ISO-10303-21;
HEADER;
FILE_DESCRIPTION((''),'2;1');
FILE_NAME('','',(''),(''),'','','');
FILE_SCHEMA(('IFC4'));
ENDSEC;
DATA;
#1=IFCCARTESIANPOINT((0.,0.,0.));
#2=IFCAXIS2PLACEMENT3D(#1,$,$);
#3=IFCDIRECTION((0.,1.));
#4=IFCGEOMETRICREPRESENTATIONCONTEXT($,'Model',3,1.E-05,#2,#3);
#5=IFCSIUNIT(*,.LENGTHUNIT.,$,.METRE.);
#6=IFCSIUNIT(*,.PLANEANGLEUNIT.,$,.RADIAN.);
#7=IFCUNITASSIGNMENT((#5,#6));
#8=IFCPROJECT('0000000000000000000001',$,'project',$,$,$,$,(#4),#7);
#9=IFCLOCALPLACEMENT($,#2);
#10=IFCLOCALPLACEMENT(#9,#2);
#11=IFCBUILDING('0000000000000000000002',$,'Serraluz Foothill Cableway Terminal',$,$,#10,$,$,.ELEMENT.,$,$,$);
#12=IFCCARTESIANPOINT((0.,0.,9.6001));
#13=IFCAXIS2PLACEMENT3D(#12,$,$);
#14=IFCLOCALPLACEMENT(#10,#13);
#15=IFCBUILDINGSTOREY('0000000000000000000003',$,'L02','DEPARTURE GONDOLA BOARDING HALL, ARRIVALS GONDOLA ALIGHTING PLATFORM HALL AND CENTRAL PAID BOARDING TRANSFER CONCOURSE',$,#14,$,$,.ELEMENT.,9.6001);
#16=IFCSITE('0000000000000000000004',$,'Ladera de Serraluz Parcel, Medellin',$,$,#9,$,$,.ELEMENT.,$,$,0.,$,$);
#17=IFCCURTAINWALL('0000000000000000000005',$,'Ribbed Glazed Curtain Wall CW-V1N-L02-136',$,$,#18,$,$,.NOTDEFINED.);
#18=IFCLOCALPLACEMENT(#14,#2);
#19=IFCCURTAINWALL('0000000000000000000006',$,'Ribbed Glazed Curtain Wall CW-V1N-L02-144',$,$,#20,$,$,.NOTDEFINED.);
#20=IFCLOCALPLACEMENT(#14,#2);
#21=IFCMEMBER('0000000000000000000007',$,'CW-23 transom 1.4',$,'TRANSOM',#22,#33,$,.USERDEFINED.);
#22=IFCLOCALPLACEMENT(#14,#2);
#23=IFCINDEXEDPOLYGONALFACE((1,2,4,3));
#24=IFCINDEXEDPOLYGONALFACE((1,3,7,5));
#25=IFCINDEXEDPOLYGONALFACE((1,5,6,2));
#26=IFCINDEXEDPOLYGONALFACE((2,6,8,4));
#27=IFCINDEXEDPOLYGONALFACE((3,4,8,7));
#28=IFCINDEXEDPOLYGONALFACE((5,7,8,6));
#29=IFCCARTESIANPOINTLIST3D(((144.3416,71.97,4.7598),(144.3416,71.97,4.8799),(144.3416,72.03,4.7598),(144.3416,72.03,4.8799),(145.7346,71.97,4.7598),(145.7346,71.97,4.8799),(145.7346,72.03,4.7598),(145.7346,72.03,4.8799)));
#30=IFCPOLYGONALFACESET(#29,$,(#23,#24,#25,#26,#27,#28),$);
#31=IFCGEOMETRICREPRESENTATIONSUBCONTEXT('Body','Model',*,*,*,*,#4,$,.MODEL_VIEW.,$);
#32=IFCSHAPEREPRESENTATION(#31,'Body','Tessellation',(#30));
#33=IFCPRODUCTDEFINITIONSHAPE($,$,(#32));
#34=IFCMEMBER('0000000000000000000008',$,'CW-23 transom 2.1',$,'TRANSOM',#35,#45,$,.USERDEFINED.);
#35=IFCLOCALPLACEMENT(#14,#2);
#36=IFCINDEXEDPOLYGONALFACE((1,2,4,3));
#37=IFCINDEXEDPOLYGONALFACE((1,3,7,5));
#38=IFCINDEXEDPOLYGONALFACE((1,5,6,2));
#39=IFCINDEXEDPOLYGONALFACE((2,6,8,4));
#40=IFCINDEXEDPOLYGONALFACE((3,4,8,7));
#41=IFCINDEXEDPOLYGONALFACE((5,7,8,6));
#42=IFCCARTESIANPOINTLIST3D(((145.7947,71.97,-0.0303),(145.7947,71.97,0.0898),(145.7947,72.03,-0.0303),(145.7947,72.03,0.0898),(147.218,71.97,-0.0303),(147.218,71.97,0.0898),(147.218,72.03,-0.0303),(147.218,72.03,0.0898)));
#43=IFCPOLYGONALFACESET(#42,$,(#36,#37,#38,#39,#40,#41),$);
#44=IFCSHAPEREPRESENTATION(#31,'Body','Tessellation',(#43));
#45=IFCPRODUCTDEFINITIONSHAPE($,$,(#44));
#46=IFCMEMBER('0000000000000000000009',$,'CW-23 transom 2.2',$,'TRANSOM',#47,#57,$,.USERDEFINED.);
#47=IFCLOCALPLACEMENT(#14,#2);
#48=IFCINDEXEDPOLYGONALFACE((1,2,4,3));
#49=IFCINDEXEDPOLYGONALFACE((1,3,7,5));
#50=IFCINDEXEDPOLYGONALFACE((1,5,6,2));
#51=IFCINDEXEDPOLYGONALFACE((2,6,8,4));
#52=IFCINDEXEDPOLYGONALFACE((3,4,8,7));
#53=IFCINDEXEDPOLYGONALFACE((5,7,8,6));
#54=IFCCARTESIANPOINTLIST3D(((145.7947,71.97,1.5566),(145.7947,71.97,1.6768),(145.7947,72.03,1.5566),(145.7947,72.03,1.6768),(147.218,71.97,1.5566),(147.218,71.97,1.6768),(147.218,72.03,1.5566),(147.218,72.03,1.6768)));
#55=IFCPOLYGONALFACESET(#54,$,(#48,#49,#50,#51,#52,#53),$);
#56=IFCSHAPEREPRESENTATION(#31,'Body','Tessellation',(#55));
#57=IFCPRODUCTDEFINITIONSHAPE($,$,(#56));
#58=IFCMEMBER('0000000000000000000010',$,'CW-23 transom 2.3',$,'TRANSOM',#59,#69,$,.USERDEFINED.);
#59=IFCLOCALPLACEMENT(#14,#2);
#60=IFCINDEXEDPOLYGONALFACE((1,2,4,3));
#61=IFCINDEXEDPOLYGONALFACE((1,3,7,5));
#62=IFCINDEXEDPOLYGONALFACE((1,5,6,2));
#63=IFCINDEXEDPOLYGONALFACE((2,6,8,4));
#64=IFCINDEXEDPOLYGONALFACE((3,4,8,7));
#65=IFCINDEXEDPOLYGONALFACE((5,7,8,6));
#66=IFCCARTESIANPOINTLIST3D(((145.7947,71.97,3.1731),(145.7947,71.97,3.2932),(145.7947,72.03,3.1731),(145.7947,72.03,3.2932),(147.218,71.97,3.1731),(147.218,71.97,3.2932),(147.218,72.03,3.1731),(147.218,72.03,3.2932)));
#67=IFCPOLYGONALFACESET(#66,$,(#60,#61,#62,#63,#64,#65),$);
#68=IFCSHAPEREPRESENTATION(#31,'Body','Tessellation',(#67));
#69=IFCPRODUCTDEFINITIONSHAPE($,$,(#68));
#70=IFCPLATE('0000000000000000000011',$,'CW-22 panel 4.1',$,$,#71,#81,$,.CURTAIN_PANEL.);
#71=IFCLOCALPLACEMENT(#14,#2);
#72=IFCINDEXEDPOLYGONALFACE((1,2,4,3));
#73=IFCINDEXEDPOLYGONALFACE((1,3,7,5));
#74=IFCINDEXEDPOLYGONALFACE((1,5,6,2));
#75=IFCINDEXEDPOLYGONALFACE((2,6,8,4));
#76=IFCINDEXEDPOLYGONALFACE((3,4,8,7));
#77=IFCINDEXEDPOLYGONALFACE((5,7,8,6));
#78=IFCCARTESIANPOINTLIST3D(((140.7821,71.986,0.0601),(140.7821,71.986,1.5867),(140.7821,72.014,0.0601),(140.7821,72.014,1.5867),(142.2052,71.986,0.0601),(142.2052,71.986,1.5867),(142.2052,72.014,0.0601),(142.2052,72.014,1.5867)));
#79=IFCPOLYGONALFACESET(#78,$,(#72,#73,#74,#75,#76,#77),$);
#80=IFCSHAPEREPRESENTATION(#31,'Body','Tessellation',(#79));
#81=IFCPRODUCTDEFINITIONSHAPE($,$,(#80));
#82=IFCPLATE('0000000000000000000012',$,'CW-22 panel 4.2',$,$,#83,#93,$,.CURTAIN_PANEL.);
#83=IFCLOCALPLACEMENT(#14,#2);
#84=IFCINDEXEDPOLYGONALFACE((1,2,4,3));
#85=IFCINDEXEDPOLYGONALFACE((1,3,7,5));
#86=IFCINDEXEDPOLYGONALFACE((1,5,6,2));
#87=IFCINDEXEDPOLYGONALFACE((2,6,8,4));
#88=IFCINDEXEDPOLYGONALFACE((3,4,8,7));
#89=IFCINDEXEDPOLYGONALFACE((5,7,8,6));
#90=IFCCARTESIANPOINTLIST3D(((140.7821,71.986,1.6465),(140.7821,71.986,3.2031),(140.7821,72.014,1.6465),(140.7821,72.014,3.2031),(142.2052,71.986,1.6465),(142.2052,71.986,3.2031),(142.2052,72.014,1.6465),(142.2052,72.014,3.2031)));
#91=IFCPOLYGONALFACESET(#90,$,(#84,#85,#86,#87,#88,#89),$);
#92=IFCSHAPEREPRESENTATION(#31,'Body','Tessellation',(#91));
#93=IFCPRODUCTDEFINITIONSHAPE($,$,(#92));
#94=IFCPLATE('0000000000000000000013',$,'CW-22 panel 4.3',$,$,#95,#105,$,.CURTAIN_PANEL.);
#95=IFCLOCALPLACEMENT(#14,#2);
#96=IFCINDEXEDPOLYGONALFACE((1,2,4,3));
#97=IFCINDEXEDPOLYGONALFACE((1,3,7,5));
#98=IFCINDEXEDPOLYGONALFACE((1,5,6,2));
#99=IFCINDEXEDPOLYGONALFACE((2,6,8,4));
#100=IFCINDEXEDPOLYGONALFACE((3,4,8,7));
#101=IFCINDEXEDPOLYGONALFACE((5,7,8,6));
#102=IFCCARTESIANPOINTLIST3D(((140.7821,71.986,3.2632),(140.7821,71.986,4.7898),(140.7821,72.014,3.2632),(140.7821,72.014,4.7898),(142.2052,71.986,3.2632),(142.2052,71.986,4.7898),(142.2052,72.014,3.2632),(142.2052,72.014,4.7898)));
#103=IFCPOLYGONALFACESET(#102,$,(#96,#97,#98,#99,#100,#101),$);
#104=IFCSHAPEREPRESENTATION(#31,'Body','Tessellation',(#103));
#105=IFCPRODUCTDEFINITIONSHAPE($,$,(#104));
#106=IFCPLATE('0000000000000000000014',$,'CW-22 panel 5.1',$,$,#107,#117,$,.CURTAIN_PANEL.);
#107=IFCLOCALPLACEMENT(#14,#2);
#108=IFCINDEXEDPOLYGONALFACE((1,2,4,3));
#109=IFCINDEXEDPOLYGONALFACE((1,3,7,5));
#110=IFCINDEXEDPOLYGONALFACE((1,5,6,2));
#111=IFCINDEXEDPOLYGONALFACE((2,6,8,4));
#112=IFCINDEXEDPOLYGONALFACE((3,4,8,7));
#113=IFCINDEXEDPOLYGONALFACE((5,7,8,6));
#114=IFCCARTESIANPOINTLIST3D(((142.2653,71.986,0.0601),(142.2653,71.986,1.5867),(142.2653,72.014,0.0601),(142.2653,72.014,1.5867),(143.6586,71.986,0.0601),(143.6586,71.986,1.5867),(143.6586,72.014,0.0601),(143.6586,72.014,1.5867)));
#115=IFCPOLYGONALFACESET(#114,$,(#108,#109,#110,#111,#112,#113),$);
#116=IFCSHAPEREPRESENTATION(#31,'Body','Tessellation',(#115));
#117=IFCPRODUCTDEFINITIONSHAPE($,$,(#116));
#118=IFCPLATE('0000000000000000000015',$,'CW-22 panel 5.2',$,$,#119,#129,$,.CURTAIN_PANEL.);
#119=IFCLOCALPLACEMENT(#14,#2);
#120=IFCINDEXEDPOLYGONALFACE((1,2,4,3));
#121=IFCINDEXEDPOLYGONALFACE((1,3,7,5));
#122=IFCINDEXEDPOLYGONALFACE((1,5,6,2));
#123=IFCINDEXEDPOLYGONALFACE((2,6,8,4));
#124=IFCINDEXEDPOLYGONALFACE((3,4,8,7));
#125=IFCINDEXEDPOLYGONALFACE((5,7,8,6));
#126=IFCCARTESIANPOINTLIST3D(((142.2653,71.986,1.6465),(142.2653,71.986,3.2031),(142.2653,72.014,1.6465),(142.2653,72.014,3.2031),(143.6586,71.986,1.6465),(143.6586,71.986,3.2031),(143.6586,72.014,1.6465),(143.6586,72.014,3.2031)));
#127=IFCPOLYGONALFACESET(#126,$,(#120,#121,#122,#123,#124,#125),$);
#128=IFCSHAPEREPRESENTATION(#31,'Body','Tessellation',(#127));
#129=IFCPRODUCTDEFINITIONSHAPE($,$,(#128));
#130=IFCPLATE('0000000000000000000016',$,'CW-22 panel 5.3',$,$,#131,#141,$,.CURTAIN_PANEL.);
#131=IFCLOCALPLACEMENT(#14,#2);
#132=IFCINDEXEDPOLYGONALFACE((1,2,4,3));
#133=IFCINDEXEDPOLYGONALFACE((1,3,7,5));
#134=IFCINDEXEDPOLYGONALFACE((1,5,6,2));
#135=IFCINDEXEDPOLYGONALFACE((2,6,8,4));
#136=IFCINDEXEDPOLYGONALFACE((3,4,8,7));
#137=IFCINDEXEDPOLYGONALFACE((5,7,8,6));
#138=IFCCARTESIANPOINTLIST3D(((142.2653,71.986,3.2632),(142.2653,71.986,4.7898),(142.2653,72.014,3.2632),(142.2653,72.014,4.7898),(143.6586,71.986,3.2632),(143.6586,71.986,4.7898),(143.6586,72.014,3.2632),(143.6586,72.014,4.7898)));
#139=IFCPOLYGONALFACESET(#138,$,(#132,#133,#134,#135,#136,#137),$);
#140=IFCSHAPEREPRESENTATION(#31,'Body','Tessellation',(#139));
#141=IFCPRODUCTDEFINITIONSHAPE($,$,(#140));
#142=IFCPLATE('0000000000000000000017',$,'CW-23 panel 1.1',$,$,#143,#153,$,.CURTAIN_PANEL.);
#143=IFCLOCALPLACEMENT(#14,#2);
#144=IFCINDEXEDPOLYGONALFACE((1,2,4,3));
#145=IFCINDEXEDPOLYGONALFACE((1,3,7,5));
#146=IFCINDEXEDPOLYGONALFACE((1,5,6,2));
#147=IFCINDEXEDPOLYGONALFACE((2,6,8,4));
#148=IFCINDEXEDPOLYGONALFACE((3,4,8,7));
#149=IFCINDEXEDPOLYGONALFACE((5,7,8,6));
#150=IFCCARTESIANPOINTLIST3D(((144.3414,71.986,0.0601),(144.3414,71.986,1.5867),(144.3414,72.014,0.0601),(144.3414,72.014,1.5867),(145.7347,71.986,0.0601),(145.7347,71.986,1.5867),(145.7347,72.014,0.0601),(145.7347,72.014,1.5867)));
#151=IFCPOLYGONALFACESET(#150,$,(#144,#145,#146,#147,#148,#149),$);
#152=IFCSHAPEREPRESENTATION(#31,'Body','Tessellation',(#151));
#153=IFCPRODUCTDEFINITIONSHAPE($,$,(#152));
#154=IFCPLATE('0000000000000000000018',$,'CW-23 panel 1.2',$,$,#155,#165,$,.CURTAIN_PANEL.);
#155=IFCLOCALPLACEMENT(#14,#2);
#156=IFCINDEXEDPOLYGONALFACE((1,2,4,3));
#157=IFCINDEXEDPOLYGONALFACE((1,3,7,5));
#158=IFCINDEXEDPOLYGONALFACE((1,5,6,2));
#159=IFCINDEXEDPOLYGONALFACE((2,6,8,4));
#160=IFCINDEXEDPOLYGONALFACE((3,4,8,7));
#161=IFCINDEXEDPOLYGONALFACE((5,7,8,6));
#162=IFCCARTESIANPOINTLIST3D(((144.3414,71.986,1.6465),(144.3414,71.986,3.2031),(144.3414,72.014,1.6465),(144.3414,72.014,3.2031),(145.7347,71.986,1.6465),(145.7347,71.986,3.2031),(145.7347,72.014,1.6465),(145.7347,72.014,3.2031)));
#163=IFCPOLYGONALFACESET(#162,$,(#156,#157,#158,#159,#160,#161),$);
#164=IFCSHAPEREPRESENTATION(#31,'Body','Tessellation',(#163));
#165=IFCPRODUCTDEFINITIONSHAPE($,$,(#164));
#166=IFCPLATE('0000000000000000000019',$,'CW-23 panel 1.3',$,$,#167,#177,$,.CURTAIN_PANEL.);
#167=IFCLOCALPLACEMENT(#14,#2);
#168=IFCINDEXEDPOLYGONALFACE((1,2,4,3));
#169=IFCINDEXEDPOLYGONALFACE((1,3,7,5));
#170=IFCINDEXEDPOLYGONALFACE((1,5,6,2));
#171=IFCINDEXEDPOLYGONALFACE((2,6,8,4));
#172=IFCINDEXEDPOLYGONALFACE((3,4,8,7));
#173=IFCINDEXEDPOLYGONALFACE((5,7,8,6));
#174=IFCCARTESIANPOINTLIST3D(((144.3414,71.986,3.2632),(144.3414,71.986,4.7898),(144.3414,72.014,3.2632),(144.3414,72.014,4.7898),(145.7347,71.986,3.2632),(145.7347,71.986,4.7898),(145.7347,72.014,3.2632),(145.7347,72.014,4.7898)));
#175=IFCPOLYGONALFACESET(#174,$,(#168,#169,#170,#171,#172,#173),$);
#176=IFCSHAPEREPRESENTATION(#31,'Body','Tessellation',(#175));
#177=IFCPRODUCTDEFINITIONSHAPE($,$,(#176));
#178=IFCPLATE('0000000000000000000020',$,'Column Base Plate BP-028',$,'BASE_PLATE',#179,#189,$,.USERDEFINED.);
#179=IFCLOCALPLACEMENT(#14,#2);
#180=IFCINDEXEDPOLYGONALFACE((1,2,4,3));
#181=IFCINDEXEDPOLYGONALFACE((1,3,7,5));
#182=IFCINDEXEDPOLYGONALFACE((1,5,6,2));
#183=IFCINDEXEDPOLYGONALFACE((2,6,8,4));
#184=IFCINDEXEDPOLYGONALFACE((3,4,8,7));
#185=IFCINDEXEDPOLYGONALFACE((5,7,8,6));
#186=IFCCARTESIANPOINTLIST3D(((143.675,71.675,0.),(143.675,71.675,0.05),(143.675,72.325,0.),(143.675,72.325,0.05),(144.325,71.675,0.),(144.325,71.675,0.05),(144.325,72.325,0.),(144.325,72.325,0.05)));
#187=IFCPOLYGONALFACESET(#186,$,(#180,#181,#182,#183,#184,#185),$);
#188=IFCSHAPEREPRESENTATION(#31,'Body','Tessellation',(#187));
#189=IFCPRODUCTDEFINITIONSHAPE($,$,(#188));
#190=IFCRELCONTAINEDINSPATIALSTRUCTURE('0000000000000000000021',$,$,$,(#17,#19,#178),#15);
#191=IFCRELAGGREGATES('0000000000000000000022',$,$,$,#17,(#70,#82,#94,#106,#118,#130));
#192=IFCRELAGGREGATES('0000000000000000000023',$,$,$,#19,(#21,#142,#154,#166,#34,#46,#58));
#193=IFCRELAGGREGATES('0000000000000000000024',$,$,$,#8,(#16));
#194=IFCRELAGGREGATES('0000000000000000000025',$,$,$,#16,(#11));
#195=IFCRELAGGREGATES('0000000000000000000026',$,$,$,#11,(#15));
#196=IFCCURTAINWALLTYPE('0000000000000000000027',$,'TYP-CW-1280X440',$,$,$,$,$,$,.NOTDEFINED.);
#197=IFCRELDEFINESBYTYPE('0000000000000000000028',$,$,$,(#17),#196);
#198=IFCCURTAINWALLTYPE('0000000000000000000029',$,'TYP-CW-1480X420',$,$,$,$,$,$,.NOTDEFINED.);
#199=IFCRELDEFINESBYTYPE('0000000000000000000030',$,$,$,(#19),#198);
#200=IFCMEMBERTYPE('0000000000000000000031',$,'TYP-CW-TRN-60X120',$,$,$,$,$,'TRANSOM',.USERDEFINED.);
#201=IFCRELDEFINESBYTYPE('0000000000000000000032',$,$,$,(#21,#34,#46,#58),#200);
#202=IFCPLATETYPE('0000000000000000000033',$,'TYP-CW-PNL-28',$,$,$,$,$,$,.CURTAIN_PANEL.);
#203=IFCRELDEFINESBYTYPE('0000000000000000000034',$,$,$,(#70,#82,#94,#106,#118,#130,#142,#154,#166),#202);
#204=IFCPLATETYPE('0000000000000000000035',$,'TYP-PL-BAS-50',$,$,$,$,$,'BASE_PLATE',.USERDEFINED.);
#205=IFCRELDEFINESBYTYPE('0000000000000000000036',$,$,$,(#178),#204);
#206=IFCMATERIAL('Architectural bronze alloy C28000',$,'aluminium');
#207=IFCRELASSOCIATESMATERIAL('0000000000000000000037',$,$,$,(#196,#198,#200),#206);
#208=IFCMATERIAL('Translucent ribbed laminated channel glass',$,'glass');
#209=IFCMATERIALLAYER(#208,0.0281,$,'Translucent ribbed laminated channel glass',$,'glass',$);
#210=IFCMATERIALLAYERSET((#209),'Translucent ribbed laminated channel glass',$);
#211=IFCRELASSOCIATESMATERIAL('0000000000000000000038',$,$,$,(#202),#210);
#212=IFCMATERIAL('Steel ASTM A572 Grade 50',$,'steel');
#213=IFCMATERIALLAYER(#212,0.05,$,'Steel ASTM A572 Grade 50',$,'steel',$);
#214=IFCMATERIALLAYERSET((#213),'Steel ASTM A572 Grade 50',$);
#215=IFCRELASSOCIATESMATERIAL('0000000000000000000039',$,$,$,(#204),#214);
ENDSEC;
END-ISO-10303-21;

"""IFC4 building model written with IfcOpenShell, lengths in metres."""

from ifc_helpers import new_model, si_unit, direction, frame, origin, origin_2d, place, context, subcontext, project, spatial, rectangle, extrude, material, layer, layer_set, material_profile, profile_set, type_object, element, aggregate, save


model = new_model("IFC4")

# Units and contexts
model_context = context("Model", 3, precision=1e-05, world=origin(), true_north=direction((0.0, 1.0)))
body_context = subcontext(model_context, "Body", "Model", "MODEL_VIEW")
ifc_project = project(units=[si_unit("LENGTHUNIT", "METRE"), si_unit("PLANEANGLEUNIT", "RADIAN")], contexts=[model_context])

# Site, building, storey
site_placement = place(None, origin())
site = spatial("IfcSite", under=ifc_project, at=site_placement, Name="Ladera de Serraluz Parcel, Medellin", CompositionType="ELEMENT", RefElevation=0.0)
building_placement = place(site_placement, origin())
building = spatial("IfcBuilding", under=site, at=building_placement, Name="Serraluz Foothill Cableway Terminal", CompositionType="ELEMENT")
storey_placement = place(building_placement, frame((0.0, 0.0, 9.6001)))
storey = spatial("IfcBuildingStorey", under=building, at=storey_placement, Name="L02", Description="DEPARTURE GONDOLA BOARDING HALL, ARRIVALS GONDOLA ALIGHTING PLATFORM HALL AND CENTRAL PAID BOARDING TRANSFER CONCOURSE", CompositionType="ELEMENT", Elevation=9.6001)

# Curtain walls
ifc_material_1 = material(Name="Architectural bronze alloy C28000", Category="aluminium")
curtain_wall_type_1 = type_object("IfcCurtainWallType", Name="TYP-CW-1280X440", PredefinedType="NOTDEFINED", material=ifc_material_1)
curtain_wall_1_placement = place(storey_placement, origin())
curtain_wall_1 = element("IfcCurtainWall", 1, at=curtain_wall_1_placement, inside=storey, type_object=curtain_wall_type_1, Name="Ribbed Glazed Curtain Wall CW-V1N-L02-136", PredefinedType="NOTDEFINED")
curtain_wall_type_2 = type_object("IfcCurtainWallType", Name="TYP-CW-1480X420", PredefinedType="NOTDEFINED", material=ifc_material_1)
curtain_wall_2_placement = place(storey_placement, origin())
curtain_wall_2 = element("IfcCurtainWall", 2, at=curtain_wall_2_placement, inside=storey, type_object=curtain_wall_type_2, Name="Ribbed Glazed Curtain Wall CW-V1N-L02-144", PredefinedType="NOTDEFINED")

# Members
ifc_material_profile_1 = material_profile(ifc_material_1, rectangle(XDim=0.0601, YDim=0.1201, at=origin_2d()), Name="ALU TRANSOM 60x120")
ifc_profile_set_1 = profile_set([ifc_material_profile_1], Name="Architectural bronze alloy C28000")
member_type_1 = type_object("IfcMemberType", Name="TYP-CW-TRN-60X120", ElementType="TRANSOM", PredefinedType="USERDEFINED", material=ifc_profile_set_1)
member_1_placement = place(storey_placement, frame((144.3416, 72.0, 4.8198), z_axis=(1.0, 0.0, 0.0), x_axis=(0.0, 1.0, 0.0)))
member_1 = element("IfcMember", 3, at=member_1_placement, type_object=member_type_1, Name="CW-23 transom 1.4", ObjectType="TRANSOM", PredefinedType="USERDEFINED", context=body_context, shape_type="SweptSolid", body=[
    extrude(rectangle(XDim=0.0601, YDim=0.1201, at=origin_2d()), origin(), (0.0, 0.0, 1.0), 1.3931),
])
member_2_placement = place(storey_placement, frame((145.7947, 72.0, 0.0298), z_axis=(1.0, 0.0, 0.0), x_axis=(0.0, 1.0, 0.0)))
member_2 = element("IfcMember", 4, at=member_2_placement, type_object=member_type_1, Name="CW-23 transom 2.1", ObjectType="TRANSOM", PredefinedType="USERDEFINED", context=body_context, shape_type="SweptSolid", body=[
    extrude(rectangle(XDim=0.0601, YDim=0.1201, at=origin_2d()), origin(), (0.0, 0.0, 1.0), 1.4233),
])
member_3_placement = place(storey_placement, frame((145.7947, 72.0, 1.6167), z_axis=(1.0, 0.0, 0.0), x_axis=(0.0, 1.0, 0.0)))
member_3 = element("IfcMember", 5, at=member_3_placement, type_object=member_type_1, Name="CW-23 transom 2.2", ObjectType="TRANSOM", PredefinedType="USERDEFINED", context=body_context, shape_type="SweptSolid", body=[
    extrude(rectangle(XDim=0.0601, YDim=0.1201, at=origin_2d()), origin(), (0.0, 0.0, 1.0), 1.4233),
])
member_4_placement = place(storey_placement, frame((145.7947, 72.0, 3.2332), z_axis=(1.0, 0.0, 0.0), x_axis=(0.0, 1.0, 0.0)))
member_4 = element("IfcMember", 6, at=member_4_placement, type_object=member_type_1, Name="CW-23 transom 2.3", ObjectType="TRANSOM", PredefinedType="USERDEFINED", context=body_context, shape_type="SweptSolid", body=[
    extrude(rectangle(XDim=0.0601, YDim=0.1201, at=origin_2d()), origin(), (0.0, 0.0, 1.0), 1.4233),
])

# Plates
ifc_material_2 = material(Name="Translucent ribbed laminated channel glass", Category="glass")
ifc_layer_1 = layer(ifc_material_2, 0.0281, Name="Translucent ribbed laminated channel glass", Category="glass")
ifc_layer_set_1 = layer_set([ifc_layer_1], Name="Translucent ribbed laminated channel glass")
plate_type_1 = type_object("IfcPlateType", Name="TYP-CW-PNL-28", PredefinedType="CURTAIN_PANEL", material=ifc_layer_set_1)
plate_1_placement = place(storey_placement, frame((141.4937, 72.0, 0.0601), z_axis=(0.0, 0.0, 1.0), x_axis=(1.0, 0.0, 0.0)))
plate_1 = element("IfcPlate", 7, at=plate_1_placement, type_object=plate_type_1, Name="CW-22 panel 4.1", PredefinedType="CURTAIN_PANEL", context=body_context, shape_type="SweptSolid", body=[
    extrude(rectangle(XDim=1.4231, YDim=0.0281, at=origin_2d()), origin(), (0.0, 0.0, 1.0), 1.5266),
])
plate_2_placement = place(storey_placement, frame((141.4937, 72.0, 1.6465), z_axis=(0.0, 0.0, 1.0), x_axis=(1.0, 0.0, 0.0)))
plate_2 = element("IfcPlate", 8, at=plate_2_placement, type_object=plate_type_1, Name="CW-22 panel 4.2", PredefinedType="CURTAIN_PANEL", context=body_context, shape_type="SweptSolid", body=[
    extrude(rectangle(XDim=1.4231, YDim=0.0281, at=origin_2d()), origin(), (0.0, 0.0, 1.0), 1.5566),
])
plate_3_placement = place(storey_placement, frame((141.4937, 72.0, 3.2632), z_axis=(0.0, 0.0, 1.0), x_axis=(1.0, 0.0, 0.0)))
plate_3 = element("IfcPlate", 9, at=plate_3_placement, type_object=plate_type_1, Name="CW-22 panel 4.3", PredefinedType="CURTAIN_PANEL", context=body_context, shape_type="SweptSolid", body=[
    extrude(rectangle(XDim=1.4231, YDim=0.0281, at=origin_2d()), origin(), (0.0, 0.0, 1.0), 1.5266),
])
plate_4_placement = place(storey_placement, frame((142.9619, 72.0, 0.0601), z_axis=(0.0, 0.0, 1.0), x_axis=(1.0, 0.0, 0.0)))
plate_4 = element("IfcPlate", 10, at=plate_4_placement, type_object=plate_type_1, Name="CW-22 panel 5.1", PredefinedType="CURTAIN_PANEL", context=body_context, shape_type="SweptSolid", body=[
    extrude(rectangle(XDim=1.3933, YDim=0.0281, at=origin_2d()), origin(), (0.0, 0.0, 1.0), 1.5266),
])
plate_5_placement = place(storey_placement, frame((142.9619, 72.0, 1.6465), z_axis=(0.0, 0.0, 1.0), x_axis=(1.0, 0.0, 0.0)))
plate_5 = element("IfcPlate", 11, at=plate_5_placement, type_object=plate_type_1, Name="CW-22 panel 5.2", PredefinedType="CURTAIN_PANEL", context=body_context, shape_type="SweptSolid", body=[
    extrude(rectangle(XDim=1.3933, YDim=0.0281, at=origin_2d()), origin(), (0.0, 0.0, 1.0), 1.5566),
])
plate_6_placement = place(storey_placement, frame((142.9619, 72.0, 3.2632), z_axis=(0.0, 0.0, 1.0), x_axis=(1.0, 0.0, 0.0)))
plate_6 = element("IfcPlate", 12, at=plate_6_placement, type_object=plate_type_1, Name="CW-22 panel 5.3", PredefinedType="CURTAIN_PANEL", context=body_context, shape_type="SweptSolid", body=[
    extrude(rectangle(XDim=1.3933, YDim=0.0281, at=origin_2d()), origin(), (0.0, 0.0, 1.0), 1.5266),
])
aggregate(curtain_wall_1, [plate_1, plate_2, plate_3, plate_4, plate_5, plate_6])
plate_7_placement = place(storey_placement, frame((145.0381, 72.0, 0.0601), z_axis=(0.0, 0.0, 1.0), x_axis=(1.0, 0.0, 0.0)))
plate_7 = element("IfcPlate", 13, at=plate_7_placement, type_object=plate_type_1, Name="CW-23 panel 1.1", PredefinedType="CURTAIN_PANEL", context=body_context, shape_type="SweptSolid", body=[
    extrude(rectangle(XDim=1.3933, YDim=0.0281, at=origin_2d()), origin(), (0.0, 0.0, 1.0), 1.5266),
])
plate_8_placement = place(storey_placement, frame((145.0381, 72.0, 1.6465), z_axis=(0.0, 0.0, 1.0), x_axis=(1.0, 0.0, 0.0)))
plate_8 = element("IfcPlate", 14, at=plate_8_placement, type_object=plate_type_1, Name="CW-23 panel 1.2", PredefinedType="CURTAIN_PANEL", context=body_context, shape_type="SweptSolid", body=[
    extrude(rectangle(XDim=1.3933, YDim=0.0281, at=origin_2d()), origin(), (0.0, 0.0, 1.0), 1.5566),
])
plate_9_placement = place(storey_placement, frame((145.0381, 72.0, 3.2632), z_axis=(0.0, 0.0, 1.0), x_axis=(1.0, 0.0, 0.0)))
plate_9 = element("IfcPlate", 15, at=plate_9_placement, type_object=plate_type_1, Name="CW-23 panel 1.3", PredefinedType="CURTAIN_PANEL", context=body_context, shape_type="SweptSolid", body=[
    extrude(rectangle(XDim=1.3933, YDim=0.0281, at=origin_2d()), origin(), (0.0, 0.0, 1.0), 1.5266),
])
aggregate(curtain_wall_2, [member_1, plate_7, plate_8, plate_9, member_2, member_3, member_4])
ifc_material_3 = material(Name="Steel ASTM A572 Grade 50", Category="steel")
ifc_layer_2 = layer(ifc_material_3, 0.05, Name="Steel ASTM A572 Grade 50", Category="steel")
ifc_layer_set_2 = layer_set([ifc_layer_2], Name="Steel ASTM A572 Grade 50")
plate_type_2 = type_object("IfcPlateType", Name="TYP-PL-BAS-50", ElementType="BASE_PLATE", PredefinedType="USERDEFINED", material=ifc_layer_set_2)
plate_10_placement = place(storey_placement, frame((144.0, 72.0, 0.0), z_axis=(0.0, 0.0, 1.0), x_axis=(1.0, 0.0, 0.0)))
element("IfcPlate", 16, at=plate_10_placement, inside=storey, type_object=plate_type_2, Name="Column Base Plate BP-028", ObjectType="BASE_PLATE", PredefinedType="USERDEFINED", context=body_context, shape_type="SweptSolid", body=[
    extrude(rectangle(XDim=0.6499, YDim=0.6499, at=origin_2d()), origin(), (0.0, 0.0, 1.0), 0.05),
])

save(model, "model.ifc")
